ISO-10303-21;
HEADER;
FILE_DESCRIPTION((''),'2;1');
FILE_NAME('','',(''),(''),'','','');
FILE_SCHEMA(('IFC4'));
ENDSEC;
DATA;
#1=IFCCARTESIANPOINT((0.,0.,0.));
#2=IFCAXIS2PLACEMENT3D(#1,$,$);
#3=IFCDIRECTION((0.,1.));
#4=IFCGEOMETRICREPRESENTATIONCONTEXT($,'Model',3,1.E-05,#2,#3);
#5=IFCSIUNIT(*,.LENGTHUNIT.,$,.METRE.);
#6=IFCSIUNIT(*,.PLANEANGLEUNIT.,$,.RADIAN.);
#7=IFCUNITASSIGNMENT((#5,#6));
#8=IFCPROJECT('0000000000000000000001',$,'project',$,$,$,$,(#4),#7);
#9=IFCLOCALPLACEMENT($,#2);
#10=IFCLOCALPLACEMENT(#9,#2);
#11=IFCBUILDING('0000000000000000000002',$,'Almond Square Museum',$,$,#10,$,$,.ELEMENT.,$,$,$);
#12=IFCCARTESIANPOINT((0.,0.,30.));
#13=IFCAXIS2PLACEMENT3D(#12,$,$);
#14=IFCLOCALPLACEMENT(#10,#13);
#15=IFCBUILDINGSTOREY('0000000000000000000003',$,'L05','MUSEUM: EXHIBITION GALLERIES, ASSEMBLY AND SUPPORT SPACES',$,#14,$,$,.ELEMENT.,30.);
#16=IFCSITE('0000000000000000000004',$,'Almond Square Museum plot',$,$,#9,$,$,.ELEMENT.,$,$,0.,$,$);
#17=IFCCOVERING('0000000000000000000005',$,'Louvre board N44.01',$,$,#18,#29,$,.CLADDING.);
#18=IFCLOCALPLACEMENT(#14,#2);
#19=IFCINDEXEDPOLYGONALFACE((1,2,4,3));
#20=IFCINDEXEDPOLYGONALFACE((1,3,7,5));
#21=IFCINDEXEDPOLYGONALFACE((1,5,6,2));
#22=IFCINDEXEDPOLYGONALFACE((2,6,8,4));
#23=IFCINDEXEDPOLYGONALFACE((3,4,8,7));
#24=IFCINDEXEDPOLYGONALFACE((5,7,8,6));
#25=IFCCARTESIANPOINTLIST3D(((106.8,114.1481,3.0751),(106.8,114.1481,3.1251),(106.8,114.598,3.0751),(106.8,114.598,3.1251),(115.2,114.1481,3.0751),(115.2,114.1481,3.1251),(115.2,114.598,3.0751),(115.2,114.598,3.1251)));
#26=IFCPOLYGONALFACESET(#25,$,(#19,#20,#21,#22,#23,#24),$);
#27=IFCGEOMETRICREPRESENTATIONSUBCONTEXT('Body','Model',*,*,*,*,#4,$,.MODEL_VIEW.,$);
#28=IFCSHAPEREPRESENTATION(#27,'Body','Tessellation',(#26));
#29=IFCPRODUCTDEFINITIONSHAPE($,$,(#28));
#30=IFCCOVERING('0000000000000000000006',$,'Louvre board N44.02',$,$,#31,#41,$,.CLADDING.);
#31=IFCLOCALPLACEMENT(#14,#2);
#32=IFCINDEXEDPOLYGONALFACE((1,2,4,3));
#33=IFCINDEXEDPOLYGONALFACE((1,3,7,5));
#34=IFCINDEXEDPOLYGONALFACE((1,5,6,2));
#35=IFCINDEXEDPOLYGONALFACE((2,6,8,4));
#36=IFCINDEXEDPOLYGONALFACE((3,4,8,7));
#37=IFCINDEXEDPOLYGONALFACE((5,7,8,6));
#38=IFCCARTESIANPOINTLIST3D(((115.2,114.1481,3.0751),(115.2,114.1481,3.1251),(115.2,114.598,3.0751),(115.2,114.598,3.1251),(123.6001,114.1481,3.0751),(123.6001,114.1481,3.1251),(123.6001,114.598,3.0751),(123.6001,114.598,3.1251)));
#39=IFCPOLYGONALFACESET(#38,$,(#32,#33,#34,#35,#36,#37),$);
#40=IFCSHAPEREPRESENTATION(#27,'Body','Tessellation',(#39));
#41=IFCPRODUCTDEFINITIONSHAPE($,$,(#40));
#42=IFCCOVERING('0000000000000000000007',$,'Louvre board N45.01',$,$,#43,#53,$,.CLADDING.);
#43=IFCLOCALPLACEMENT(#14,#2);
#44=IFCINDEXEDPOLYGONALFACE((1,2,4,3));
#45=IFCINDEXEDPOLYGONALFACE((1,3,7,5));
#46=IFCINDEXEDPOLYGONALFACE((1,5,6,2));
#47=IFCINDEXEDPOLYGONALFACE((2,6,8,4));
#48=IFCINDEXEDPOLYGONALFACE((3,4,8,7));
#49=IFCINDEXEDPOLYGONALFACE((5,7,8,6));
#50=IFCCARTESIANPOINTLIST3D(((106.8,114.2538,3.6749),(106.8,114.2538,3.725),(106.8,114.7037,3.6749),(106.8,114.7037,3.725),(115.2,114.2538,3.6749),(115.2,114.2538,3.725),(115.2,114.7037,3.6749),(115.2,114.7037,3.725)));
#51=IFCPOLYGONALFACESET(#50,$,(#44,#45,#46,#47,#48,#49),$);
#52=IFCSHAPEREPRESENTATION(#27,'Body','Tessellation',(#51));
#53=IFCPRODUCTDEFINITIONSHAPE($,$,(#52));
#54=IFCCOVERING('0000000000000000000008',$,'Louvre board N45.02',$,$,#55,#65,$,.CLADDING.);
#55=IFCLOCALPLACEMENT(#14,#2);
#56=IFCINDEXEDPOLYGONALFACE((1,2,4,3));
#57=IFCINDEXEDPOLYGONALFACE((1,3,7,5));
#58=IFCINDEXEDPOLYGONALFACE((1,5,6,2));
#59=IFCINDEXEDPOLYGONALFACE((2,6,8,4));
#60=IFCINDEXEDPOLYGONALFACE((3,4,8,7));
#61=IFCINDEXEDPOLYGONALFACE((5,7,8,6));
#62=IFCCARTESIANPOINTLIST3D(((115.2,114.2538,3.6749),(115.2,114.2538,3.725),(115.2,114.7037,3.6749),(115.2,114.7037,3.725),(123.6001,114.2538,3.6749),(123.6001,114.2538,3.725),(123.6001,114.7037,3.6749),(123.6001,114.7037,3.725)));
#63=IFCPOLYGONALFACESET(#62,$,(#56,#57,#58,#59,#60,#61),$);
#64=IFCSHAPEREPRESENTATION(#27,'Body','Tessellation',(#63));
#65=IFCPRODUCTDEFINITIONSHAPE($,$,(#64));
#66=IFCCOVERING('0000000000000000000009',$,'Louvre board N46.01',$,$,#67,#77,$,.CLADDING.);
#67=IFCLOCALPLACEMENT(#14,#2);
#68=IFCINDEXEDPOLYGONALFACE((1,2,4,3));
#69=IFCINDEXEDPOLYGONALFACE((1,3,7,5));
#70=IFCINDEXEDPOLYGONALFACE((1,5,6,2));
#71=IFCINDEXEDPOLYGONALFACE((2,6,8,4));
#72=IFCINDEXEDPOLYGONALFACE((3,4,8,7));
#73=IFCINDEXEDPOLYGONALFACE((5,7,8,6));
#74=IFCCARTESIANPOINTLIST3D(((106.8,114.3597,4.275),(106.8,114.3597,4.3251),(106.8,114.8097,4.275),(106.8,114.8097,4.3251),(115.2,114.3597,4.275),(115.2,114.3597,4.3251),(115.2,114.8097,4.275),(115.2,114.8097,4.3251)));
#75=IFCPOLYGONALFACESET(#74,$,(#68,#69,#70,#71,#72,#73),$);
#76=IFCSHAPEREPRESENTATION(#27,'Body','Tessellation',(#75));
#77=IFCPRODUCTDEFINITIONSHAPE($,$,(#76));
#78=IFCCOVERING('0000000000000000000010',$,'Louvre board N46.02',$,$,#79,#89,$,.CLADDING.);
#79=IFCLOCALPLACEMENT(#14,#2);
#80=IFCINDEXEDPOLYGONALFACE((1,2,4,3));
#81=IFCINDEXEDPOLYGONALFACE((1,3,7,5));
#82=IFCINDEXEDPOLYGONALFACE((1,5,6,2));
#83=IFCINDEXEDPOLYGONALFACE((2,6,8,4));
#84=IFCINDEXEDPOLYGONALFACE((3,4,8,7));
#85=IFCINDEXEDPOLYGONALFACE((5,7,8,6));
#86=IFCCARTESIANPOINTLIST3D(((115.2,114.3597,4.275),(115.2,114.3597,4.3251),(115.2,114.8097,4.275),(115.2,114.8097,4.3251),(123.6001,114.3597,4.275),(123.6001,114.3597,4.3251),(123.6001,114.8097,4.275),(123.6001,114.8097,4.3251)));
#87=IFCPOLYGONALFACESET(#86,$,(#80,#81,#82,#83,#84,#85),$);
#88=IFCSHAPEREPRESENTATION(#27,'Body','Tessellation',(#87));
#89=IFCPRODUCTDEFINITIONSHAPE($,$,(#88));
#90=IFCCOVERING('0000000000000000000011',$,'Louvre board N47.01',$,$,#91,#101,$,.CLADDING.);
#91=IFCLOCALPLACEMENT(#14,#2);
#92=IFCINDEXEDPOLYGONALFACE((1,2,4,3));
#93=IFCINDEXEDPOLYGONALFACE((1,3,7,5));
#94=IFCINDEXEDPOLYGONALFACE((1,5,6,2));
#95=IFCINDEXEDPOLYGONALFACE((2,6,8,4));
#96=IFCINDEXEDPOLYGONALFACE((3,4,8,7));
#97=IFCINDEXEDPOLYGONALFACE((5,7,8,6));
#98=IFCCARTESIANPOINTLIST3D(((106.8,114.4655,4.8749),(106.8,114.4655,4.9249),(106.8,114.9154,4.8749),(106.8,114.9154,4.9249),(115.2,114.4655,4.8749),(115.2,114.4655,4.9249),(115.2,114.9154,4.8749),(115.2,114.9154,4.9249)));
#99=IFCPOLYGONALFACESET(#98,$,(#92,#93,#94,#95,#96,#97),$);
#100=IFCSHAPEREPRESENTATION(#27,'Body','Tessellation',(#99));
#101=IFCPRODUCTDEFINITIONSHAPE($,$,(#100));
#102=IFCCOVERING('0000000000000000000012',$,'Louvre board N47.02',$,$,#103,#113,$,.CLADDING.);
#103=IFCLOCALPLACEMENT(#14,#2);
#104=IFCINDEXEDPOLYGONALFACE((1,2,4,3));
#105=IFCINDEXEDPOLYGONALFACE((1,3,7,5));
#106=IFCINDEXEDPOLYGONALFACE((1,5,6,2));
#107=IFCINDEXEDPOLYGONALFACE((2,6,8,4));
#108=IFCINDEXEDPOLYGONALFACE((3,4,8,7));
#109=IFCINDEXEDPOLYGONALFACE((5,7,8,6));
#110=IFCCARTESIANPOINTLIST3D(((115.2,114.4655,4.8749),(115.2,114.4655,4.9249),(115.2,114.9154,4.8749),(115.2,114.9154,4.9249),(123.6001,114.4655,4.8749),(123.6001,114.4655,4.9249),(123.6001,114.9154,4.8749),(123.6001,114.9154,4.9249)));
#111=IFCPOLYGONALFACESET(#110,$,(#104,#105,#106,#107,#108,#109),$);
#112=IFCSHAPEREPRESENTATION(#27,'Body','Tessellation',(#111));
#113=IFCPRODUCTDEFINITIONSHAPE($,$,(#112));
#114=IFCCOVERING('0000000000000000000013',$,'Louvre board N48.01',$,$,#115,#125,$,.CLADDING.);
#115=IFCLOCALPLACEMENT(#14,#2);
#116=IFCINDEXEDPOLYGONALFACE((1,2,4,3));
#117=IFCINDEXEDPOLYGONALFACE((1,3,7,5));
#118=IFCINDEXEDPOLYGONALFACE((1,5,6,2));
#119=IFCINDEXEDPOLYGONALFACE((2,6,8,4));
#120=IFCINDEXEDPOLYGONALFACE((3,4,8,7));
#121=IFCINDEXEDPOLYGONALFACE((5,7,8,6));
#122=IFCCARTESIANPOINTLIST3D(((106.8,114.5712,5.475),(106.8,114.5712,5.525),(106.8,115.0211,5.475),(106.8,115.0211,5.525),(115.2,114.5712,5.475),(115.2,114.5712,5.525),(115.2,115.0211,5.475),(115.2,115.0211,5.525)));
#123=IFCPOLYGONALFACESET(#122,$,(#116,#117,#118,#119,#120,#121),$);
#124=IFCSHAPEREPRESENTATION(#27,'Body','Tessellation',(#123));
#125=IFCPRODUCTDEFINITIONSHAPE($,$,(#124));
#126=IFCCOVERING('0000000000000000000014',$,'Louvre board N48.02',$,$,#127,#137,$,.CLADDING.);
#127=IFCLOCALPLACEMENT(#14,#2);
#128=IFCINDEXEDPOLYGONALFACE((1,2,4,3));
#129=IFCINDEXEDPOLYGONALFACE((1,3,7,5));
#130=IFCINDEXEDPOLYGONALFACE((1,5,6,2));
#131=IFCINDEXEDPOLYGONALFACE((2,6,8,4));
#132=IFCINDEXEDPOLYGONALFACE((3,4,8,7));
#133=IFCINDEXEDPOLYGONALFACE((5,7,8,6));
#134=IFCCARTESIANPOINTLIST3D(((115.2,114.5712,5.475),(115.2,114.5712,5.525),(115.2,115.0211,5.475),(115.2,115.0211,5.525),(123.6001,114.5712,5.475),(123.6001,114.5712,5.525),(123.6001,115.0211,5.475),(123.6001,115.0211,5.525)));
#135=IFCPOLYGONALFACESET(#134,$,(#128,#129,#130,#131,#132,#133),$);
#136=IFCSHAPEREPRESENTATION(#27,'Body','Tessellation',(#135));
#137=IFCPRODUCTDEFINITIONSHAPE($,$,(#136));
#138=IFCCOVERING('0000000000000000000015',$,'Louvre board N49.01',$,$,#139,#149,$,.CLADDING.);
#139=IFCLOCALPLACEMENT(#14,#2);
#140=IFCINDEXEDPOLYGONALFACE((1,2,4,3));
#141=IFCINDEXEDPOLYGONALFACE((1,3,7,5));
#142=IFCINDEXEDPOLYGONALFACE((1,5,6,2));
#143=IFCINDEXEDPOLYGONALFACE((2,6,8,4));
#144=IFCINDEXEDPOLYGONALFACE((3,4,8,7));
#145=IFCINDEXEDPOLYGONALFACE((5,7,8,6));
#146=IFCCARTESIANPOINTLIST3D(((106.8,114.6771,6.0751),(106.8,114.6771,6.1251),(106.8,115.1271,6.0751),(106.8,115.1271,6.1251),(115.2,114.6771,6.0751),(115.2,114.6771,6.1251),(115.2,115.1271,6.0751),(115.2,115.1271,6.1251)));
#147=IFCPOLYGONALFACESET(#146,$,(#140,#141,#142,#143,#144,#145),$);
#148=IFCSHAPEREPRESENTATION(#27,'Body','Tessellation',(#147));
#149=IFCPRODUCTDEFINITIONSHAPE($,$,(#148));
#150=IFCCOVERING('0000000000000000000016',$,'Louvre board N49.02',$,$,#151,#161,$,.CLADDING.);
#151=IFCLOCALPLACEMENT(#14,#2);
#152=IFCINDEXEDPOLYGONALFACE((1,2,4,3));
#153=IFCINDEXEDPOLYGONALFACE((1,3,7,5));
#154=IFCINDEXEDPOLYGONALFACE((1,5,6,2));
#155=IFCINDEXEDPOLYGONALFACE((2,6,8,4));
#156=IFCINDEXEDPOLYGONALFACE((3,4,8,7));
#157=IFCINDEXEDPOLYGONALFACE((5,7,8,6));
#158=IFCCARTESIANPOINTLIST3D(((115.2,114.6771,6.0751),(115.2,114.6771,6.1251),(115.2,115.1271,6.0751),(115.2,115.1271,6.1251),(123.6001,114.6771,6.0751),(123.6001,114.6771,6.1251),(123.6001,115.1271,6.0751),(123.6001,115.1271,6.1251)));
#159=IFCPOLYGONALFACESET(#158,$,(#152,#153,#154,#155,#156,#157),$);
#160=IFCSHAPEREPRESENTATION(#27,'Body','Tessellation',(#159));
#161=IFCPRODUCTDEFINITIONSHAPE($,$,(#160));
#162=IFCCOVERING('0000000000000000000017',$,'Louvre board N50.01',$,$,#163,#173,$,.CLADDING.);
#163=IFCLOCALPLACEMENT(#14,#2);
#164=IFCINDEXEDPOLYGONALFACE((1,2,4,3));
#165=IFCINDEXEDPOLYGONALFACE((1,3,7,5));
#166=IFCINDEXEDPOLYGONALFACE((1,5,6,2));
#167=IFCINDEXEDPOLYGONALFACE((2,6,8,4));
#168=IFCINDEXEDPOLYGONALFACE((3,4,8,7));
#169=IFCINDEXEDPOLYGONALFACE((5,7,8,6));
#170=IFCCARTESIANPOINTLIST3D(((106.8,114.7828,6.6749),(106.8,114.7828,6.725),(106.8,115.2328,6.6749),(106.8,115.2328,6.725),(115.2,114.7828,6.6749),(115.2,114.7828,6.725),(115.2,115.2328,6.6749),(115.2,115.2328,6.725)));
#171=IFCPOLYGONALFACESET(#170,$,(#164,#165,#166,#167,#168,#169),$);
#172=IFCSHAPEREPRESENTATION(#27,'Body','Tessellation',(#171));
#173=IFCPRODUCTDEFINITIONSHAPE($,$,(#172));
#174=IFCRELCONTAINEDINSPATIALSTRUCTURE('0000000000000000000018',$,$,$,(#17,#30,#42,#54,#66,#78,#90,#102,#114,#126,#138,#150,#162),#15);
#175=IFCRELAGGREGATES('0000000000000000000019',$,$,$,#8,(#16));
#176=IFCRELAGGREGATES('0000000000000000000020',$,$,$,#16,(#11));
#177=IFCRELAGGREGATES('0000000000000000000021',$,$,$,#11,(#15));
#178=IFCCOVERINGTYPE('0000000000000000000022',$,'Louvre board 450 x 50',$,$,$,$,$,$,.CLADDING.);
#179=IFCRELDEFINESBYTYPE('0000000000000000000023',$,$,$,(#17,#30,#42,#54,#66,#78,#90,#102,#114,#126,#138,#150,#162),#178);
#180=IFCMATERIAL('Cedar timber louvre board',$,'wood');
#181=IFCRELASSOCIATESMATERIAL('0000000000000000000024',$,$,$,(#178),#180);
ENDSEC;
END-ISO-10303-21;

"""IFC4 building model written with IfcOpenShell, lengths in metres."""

from ifc_helpers import new_model, si_unit, direction, frame, origin, origin_2d, place, context, subcontext, project, spatial, rectangle, extrude, material, material_profile, profile_set, type_object, element, save


model = new_model("IFC4")

# Units and contexts
model_context = context("Model", 3, precision=1e-05, world=origin(), true_north=direction((0.0, 1.0)))
body_context = subcontext(model_context, "Body", "Model", "MODEL_VIEW")
ifc_project = project(units=[si_unit("LENGTHUNIT", "METRE"), si_unit("PLANEANGLEUNIT", "RADIAN")], contexts=[model_context])

# Site, building, storey
site_placement = place(None, origin())
site = spatial("IfcSite", under=ifc_project, at=site_placement, Name="Almond Square Museum plot", CompositionType="ELEMENT", RefElevation=0.0)
building_placement = place(site_placement, origin())
building = spatial("IfcBuilding", under=site, at=building_placement, Name="Almond Square Museum", CompositionType="ELEMENT")
storey_placement = place(building_placement, frame((0.0, 0.0, 30.0)))
storey = spatial("IfcBuildingStorey", under=building, at=storey_placement, Name="L05", Description="MUSEUM: EXHIBITION GALLERIES, ASSEMBLY AND SUPPORT SPACES", CompositionType="ELEMENT", Elevation=30.0)

# Coverings
ifc_material_1 = material(Name="Cedar timber louvre board", Category="wood")
ifc_material_profile = material_profile(ifc_material_1, rectangle(XDim=0.45, YDim=0.05, at=origin_2d()))
ifc_profile_set = profile_set([ifc_material_profile], Name="Cedar timber louvre board")
covering_type = type_object("IfcCoveringType", Name="Louvre board 450 x 50", PredefinedType="CLADDING", material=ifc_profile_set)
covering_1_placement = place(storey_placement, frame((106.8, 114.373, 3.1001), z_axis=(1.0, 0.0, 0.0), x_axis=(0.0, 1.0, 0.0)))
element("IfcCovering", 1, at=covering_1_placement, inside=storey, type_object=covering_type, Name="Louvre board N44.01", PredefinedType="CLADDING", context=body_context, shape_type="SweptSolid", body=[
    extrude(rectangle(XDim=0.45, YDim=0.05, at=origin_2d()), origin(), (0.0, 0.0, 1.0), 8.3999),
])
covering_2_placement = place(storey_placement, frame((115.2, 114.373, 3.1001), z_axis=(1.0, 0.0, 0.0), x_axis=(0.0, 1.0, 0.0)))
element("IfcCovering", 2, at=covering_2_placement, inside=storey, type_object=covering_type, Name="Louvre board N44.02", PredefinedType="CLADDING", context=body_context, shape_type="SweptSolid", body=[
    extrude(rectangle(XDim=0.45, YDim=0.05, at=origin_2d()), origin(), (0.0, 0.0, 1.0), 8.4001),
])
covering_3_placement = place(storey_placement, frame((106.8, 114.4788, 3.7), z_axis=(1.0, 0.0, 0.0), x_axis=(0.0, 1.0, 0.0)))
element("IfcCovering", 3, at=covering_3_placement, inside=storey, type_object=covering_type, Name="Louvre board N45.01", PredefinedType="CLADDING", context=body_context, shape_type="SweptSolid", body=[
    extrude(rectangle(XDim=0.45, YDim=0.05, at=origin_2d()), origin(), (0.0, 0.0, 1.0), 8.3999),
])
covering_4_placement = place(storey_placement, frame((115.2, 114.4788, 3.7), z_axis=(1.0, 0.0, 0.0), x_axis=(0.0, 1.0, 0.0)))
element("IfcCovering", 4, at=covering_4_placement, inside=storey, type_object=covering_type, Name="Louvre board N45.02", PredefinedType="CLADDING", context=body_context, shape_type="SweptSolid", body=[
    extrude(rectangle(XDim=0.45, YDim=0.05, at=origin_2d()), origin(), (0.0, 0.0, 1.0), 8.4001),
])
covering_5_placement = place(storey_placement, frame((106.8, 114.5847, 4.3), z_axis=(1.0, 0.0, 0.0), x_axis=(0.0, 1.0, 0.0)))
element("IfcCovering", 5, at=covering_5_placement, inside=storey, type_object=covering_type, Name="Louvre board N46.01", PredefinedType="CLADDING", context=body_context, shape_type="SweptSolid", body=[
    extrude(rectangle(XDim=0.45, YDim=0.05, at=origin_2d()), origin(), (0.0, 0.0, 1.0), 8.3999),
])
covering_6_placement = place(storey_placement, frame((115.2, 114.5847, 4.3), z_axis=(1.0, 0.0, 0.0), x_axis=(0.0, 1.0, 0.0)))
element("IfcCovering", 6, at=covering_6_placement, inside=storey, type_object=covering_type, Name="Louvre board N46.02", PredefinedType="CLADDING", context=body_context, shape_type="SweptSolid", body=[
    extrude(rectangle(XDim=0.45, YDim=0.05, at=origin_2d()), origin(), (0.0, 0.0, 1.0), 8.4001),
])
covering_7_placement = place(storey_placement, frame((106.8, 114.6904, 4.8999), z_axis=(1.0, 0.0, 0.0), x_axis=(0.0, 1.0, 0.0)))
element("IfcCovering", 7, at=covering_7_placement, inside=storey, type_object=covering_type, Name="Louvre board N47.01", PredefinedType="CLADDING", context=body_context, shape_type="SweptSolid", body=[
    extrude(rectangle(XDim=0.45, YDim=0.05, at=origin_2d()), origin(), (0.0, 0.0, 1.0), 8.3999),
])
covering_8_placement = place(storey_placement, frame((115.2, 114.6904, 4.8999), z_axis=(1.0, 0.0, 0.0), x_axis=(0.0, 1.0, 0.0)))
element("IfcCovering", 8, at=covering_8_placement, inside=storey, type_object=covering_type, Name="Louvre board N47.02", PredefinedType="CLADDING", context=body_context, shape_type="SweptSolid", body=[
    extrude(rectangle(XDim=0.45, YDim=0.05, at=origin_2d()), origin(), (0.0, 0.0, 1.0), 8.4001),
])
covering_9_placement = place(storey_placement, frame((106.8, 114.7961, 5.5), z_axis=(1.0, 0.0, 0.0), x_axis=(0.0, 1.0, 0.0)))
element("IfcCovering", 9, at=covering_9_placement, inside=storey, type_object=covering_type, Name="Louvre board N48.01", PredefinedType="CLADDING", context=body_context, shape_type="SweptSolid", body=[
    extrude(rectangle(XDim=0.45, YDim=0.05, at=origin_2d()), origin(), (0.0, 0.0, 1.0), 8.3999),
])
covering_10_placement = place(storey_placement, frame((115.2, 114.7961, 5.5), z_axis=(1.0, 0.0, 0.0), x_axis=(0.0, 1.0, 0.0)))
element("IfcCovering", 10, at=covering_10_placement, inside=storey, type_object=covering_type, Name="Louvre board N48.02", PredefinedType="CLADDING", context=body_context, shape_type="SweptSolid", body=[
    extrude(rectangle(XDim=0.45, YDim=0.05, at=origin_2d()), origin(), (0.0, 0.0, 1.0), 8.4001),
])
covering_11_placement = place(storey_placement, frame((106.8, 114.9021, 6.1001), z_axis=(1.0, 0.0, 0.0), x_axis=(0.0, 1.0, 0.0)))
element("IfcCovering", 11, at=covering_11_placement, inside=storey, type_object=covering_type, Name="Louvre board N49.01", PredefinedType="CLADDING", context=body_context, shape_type="SweptSolid", body=[
    extrude(rectangle(XDim=0.45, YDim=0.05, at=origin_2d()), origin(), (0.0, 0.0, 1.0), 8.3999),
])
covering_12_placement = place(storey_placement, frame((115.2, 114.9021, 6.1001), z_axis=(1.0, 0.0, 0.0), x_axis=(0.0, 1.0, 0.0)))
element("IfcCovering", 12, at=covering_12_placement, inside=storey, type_object=covering_type, Name="Louvre board N49.02", PredefinedType="CLADDING", context=body_context, shape_type="SweptSolid", body=[
    extrude(rectangle(XDim=0.45, YDim=0.05, at=origin_2d()), origin(), (0.0, 0.0, 1.0), 8.4001),
])
covering_13_placement = place(storey_placement, frame((106.8, 115.0078, 6.7), z_axis=(1.0, 0.0, 0.0), x_axis=(0.0, 1.0, 0.0)))
element("IfcCovering", 13, at=covering_13_placement, inside=storey, type_object=covering_type, Name="Louvre board N50.01", PredefinedType="CLADDING", context=body_context, shape_type="SweptSolid", body=[
    extrude(rectangle(XDim=0.45, YDim=0.05, at=origin_2d()), origin(), (0.0, 0.0, 1.0), 8.3999),
])

save(model, "model.ifc")
